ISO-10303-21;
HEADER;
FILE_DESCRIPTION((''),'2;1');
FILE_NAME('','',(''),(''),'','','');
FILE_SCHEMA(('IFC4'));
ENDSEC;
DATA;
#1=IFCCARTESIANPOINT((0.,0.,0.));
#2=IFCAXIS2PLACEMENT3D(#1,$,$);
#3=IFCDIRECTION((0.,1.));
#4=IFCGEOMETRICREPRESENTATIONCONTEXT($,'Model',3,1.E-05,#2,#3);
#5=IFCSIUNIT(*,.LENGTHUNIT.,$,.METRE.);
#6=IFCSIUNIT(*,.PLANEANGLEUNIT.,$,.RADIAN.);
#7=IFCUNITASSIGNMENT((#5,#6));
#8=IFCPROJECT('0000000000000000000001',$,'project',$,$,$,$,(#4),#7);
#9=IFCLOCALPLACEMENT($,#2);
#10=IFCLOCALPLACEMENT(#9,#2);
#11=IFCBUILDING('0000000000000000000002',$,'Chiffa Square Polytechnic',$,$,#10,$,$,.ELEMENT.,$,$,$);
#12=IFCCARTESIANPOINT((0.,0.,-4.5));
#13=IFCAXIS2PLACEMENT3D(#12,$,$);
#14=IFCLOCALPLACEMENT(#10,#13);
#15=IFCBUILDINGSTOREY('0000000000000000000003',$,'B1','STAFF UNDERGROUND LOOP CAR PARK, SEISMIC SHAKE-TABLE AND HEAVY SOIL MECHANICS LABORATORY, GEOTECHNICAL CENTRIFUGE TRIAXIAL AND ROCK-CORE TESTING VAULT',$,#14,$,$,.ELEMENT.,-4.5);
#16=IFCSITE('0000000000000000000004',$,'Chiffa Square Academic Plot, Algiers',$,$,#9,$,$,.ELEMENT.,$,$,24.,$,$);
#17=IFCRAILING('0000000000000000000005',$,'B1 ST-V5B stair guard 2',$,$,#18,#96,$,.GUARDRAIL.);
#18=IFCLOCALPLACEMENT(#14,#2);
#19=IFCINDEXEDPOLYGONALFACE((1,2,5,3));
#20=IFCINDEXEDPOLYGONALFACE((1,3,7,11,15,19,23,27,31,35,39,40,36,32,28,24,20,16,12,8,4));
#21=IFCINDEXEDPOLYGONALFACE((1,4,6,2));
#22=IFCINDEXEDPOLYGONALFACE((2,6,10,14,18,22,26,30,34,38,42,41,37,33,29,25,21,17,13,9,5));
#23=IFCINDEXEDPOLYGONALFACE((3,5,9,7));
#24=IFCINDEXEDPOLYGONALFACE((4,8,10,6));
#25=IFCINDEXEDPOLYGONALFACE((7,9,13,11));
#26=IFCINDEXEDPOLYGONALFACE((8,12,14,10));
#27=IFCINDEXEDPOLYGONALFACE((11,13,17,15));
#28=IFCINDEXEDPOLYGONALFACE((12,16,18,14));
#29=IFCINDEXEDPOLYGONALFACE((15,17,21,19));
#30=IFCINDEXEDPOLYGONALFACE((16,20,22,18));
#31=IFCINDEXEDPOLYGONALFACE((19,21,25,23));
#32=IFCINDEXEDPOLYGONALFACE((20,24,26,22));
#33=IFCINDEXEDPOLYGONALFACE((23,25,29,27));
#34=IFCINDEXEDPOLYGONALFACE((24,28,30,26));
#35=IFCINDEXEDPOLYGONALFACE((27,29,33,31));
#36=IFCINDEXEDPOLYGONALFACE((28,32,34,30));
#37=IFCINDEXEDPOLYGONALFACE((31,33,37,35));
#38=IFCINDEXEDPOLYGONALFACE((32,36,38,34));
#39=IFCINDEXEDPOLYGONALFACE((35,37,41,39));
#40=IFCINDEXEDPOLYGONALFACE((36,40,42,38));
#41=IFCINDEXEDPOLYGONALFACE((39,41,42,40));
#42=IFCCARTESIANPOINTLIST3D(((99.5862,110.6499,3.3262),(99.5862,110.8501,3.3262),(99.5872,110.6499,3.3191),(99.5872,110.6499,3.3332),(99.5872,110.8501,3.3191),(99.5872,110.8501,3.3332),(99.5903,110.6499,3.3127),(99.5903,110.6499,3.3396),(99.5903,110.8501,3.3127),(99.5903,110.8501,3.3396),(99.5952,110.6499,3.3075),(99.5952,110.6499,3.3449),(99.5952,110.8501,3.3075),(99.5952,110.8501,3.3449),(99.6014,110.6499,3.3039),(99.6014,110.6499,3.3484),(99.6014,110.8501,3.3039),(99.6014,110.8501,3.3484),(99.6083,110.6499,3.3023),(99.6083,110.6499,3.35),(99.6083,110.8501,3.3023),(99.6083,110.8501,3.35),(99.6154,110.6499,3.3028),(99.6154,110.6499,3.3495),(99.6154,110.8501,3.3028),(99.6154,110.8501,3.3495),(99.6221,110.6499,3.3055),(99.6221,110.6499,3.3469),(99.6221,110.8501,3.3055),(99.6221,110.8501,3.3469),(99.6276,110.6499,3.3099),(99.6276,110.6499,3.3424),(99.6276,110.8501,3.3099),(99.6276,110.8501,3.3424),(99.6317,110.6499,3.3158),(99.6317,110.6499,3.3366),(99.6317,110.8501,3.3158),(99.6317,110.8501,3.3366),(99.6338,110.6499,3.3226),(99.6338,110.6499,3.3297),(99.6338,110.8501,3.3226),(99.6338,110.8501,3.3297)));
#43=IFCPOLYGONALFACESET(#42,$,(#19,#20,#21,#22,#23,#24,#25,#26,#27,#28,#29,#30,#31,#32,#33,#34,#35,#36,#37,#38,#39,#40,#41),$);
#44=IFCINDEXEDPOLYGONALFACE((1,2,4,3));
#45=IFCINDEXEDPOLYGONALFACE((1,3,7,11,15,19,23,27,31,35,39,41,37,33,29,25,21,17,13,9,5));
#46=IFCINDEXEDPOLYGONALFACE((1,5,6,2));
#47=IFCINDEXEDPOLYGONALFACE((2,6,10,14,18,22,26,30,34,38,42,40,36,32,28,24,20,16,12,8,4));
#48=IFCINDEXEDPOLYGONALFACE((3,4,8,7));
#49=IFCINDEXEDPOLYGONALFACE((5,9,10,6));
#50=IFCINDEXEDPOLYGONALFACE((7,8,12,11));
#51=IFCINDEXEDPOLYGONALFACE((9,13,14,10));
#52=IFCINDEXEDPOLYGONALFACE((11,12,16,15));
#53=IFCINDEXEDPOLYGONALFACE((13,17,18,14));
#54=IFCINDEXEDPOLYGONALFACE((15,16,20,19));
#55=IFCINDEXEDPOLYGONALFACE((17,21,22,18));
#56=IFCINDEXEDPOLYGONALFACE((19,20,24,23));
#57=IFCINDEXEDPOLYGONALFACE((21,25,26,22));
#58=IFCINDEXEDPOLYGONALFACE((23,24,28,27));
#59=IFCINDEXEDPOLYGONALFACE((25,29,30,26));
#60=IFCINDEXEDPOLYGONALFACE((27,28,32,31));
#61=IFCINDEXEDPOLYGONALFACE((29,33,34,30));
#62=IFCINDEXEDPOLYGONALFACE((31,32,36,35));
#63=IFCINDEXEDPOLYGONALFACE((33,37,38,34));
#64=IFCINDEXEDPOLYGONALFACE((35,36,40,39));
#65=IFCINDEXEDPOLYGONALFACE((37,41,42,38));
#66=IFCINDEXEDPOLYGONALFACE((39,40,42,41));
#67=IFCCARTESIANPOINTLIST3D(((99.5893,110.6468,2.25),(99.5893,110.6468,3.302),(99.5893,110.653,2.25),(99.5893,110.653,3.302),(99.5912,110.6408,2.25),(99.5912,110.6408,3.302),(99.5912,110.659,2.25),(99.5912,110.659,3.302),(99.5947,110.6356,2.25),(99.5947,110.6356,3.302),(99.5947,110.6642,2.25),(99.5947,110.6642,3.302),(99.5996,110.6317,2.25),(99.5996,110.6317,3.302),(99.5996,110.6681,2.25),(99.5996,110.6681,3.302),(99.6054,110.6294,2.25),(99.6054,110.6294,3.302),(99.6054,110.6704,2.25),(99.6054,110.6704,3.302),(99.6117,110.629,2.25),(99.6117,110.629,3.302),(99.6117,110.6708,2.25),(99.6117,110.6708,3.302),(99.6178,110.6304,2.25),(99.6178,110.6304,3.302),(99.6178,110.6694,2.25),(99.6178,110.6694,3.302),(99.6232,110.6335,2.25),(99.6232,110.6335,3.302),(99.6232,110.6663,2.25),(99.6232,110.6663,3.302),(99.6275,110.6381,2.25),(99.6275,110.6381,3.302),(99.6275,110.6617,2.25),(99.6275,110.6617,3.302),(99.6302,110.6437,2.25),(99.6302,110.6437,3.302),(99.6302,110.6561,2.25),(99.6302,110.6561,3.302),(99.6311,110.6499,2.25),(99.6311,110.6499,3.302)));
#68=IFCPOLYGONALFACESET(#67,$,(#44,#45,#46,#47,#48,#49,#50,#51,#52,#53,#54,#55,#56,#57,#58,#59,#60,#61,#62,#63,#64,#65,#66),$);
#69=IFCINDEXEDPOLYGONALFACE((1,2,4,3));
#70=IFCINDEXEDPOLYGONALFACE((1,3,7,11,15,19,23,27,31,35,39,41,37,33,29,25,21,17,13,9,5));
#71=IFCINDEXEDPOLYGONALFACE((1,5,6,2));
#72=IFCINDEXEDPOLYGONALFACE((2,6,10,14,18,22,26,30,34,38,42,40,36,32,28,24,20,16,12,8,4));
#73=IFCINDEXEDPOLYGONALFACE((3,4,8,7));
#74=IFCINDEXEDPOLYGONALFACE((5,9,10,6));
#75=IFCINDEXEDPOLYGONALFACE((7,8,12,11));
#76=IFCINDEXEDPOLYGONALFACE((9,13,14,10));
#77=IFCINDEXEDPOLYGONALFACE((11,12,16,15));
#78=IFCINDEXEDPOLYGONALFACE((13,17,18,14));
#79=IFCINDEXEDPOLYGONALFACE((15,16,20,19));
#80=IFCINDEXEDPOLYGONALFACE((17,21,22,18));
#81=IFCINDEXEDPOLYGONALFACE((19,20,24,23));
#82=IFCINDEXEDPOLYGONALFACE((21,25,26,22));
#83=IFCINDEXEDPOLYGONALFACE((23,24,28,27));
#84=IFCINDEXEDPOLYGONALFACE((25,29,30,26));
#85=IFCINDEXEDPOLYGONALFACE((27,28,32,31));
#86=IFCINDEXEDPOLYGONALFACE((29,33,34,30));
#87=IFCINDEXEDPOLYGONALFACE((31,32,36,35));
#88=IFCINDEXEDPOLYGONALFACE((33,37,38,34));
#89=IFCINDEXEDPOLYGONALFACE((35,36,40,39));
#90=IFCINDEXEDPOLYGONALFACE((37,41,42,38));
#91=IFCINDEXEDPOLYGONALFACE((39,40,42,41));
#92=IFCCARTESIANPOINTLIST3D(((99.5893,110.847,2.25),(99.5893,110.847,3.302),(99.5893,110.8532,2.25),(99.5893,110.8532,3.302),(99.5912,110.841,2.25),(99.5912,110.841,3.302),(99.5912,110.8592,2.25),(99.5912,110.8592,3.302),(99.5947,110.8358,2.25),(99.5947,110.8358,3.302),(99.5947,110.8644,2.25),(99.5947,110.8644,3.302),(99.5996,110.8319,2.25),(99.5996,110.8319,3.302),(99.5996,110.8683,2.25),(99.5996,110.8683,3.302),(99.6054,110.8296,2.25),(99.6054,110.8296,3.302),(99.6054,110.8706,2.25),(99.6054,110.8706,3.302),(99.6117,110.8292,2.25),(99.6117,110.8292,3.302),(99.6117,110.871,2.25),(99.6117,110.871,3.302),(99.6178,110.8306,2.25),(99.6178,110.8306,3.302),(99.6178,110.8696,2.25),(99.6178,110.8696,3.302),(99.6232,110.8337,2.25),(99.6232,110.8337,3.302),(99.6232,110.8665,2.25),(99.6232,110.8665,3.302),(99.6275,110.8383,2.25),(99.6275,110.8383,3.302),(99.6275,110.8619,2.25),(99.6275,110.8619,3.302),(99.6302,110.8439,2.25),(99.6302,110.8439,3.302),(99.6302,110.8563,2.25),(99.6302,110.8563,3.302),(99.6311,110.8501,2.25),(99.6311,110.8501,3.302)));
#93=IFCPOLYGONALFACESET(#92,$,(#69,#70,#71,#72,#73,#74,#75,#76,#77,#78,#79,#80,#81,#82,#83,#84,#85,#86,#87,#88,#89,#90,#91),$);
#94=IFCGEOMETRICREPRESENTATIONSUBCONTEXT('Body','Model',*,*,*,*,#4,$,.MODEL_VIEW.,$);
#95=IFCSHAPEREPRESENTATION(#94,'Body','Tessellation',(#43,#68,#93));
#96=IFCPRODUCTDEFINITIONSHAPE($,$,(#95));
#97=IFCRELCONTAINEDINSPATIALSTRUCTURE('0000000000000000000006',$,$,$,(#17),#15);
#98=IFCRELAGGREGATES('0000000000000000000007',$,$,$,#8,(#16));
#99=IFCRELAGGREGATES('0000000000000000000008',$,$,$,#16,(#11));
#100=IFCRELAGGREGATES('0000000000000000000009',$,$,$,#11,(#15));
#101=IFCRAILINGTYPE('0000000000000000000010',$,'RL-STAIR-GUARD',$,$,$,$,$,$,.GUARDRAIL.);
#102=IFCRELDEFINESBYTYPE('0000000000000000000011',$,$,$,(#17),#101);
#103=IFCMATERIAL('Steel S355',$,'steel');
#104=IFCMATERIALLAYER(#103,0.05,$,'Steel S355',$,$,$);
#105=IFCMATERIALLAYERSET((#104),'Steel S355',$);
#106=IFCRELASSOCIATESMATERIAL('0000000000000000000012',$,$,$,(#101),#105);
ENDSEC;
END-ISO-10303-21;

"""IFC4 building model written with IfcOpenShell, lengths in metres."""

from ifc_helpers import new_model, si_unit, direction, frame, origin, origin_2d, place, context, subcontext, project, spatial, circle, extrude, material, layer, layer_set, type_object, element, save


model = new_model("IFC4")

# Units and contexts
model_context = context("Model", 3, precision=1e-05, world=origin(), true_north=direction((0.0, 1.0)))
body_context = subcontext(model_context, "Body", "Model", "MODEL_VIEW")
ifc_project = project(units=[si_unit("LENGTHUNIT", "METRE"), si_unit("PLANEANGLEUNIT", "RADIAN")], contexts=[model_context])

# Site, building, storey
site_placement = place(None, origin())
site = spatial("IfcSite", under=ifc_project, at=site_placement, Name="Chiffa Square Academic Plot, Algiers", CompositionType="ELEMENT", RefElevation=24.0)
building_placement = place(site_placement, origin())
building = spatial("IfcBuilding", under=site, at=building_placement, Name="Chiffa Square Polytechnic", CompositionType="ELEMENT")
storey_placement = place(building_placement, frame((0.0, 0.0, -4.5)))
storey = spatial("IfcBuildingStorey", under=building, at=storey_placement, Name="B1", Description="STAFF UNDERGROUND LOOP CAR PARK, SEISMIC SHAKE-TABLE AND HEAVY SOIL MECHANICS LABORATORY, GEOTECHNICAL CENTRIFUGE TRIAXIAL AND ROCK-CORE TESTING VAULT", CompositionType="ELEMENT", Elevation=-4.5)

# Railing
ifc_material_1 = material(Name="Steel S355", Category="steel")
ifc_layer_1 = layer(ifc_material_1, 0.05, Name="Steel S355")
ifc_layer_set_1 = layer_set([ifc_layer_1], Name="Steel S355")
railing_type_1 = type_object("IfcRailingType", Name="RL-STAIR-GUARD", PredefinedType="GUARDRAIL", material=ifc_layer_set_1)
railing_1_placement = place(storey_placement, frame((99.6101, 110.6499, 2.25)))
element("IfcRailing", 1, at=railing_1_placement, inside=storey, type_object=railing_type_1, Name="B1 ST-V5B stair guard 2", PredefinedType="GUARDRAIL", context=body_context, shape_type="SweptSolid", body=[
    extrude(circle(Radius=0.0239, at=origin_2d()), frame((0.0, 0.0, 1.0762), z_axis=(0.0, 1.0, 0.0), x_axis=(-1.0, 0.0, 0.0)), (0.0, 0.0, 1.0), 0.2002),
    extrude(circle(Radius=0.021, at=origin_2d()), origin(), (0.0, 0.0, 1.0), 1.052),
    extrude(circle(Radius=0.021, at=origin_2d()), frame((0.0, 0.2002, 0.0)), (0.0, 0.0, 1.0), 1.052),
])

save(model, "model.ifc")
